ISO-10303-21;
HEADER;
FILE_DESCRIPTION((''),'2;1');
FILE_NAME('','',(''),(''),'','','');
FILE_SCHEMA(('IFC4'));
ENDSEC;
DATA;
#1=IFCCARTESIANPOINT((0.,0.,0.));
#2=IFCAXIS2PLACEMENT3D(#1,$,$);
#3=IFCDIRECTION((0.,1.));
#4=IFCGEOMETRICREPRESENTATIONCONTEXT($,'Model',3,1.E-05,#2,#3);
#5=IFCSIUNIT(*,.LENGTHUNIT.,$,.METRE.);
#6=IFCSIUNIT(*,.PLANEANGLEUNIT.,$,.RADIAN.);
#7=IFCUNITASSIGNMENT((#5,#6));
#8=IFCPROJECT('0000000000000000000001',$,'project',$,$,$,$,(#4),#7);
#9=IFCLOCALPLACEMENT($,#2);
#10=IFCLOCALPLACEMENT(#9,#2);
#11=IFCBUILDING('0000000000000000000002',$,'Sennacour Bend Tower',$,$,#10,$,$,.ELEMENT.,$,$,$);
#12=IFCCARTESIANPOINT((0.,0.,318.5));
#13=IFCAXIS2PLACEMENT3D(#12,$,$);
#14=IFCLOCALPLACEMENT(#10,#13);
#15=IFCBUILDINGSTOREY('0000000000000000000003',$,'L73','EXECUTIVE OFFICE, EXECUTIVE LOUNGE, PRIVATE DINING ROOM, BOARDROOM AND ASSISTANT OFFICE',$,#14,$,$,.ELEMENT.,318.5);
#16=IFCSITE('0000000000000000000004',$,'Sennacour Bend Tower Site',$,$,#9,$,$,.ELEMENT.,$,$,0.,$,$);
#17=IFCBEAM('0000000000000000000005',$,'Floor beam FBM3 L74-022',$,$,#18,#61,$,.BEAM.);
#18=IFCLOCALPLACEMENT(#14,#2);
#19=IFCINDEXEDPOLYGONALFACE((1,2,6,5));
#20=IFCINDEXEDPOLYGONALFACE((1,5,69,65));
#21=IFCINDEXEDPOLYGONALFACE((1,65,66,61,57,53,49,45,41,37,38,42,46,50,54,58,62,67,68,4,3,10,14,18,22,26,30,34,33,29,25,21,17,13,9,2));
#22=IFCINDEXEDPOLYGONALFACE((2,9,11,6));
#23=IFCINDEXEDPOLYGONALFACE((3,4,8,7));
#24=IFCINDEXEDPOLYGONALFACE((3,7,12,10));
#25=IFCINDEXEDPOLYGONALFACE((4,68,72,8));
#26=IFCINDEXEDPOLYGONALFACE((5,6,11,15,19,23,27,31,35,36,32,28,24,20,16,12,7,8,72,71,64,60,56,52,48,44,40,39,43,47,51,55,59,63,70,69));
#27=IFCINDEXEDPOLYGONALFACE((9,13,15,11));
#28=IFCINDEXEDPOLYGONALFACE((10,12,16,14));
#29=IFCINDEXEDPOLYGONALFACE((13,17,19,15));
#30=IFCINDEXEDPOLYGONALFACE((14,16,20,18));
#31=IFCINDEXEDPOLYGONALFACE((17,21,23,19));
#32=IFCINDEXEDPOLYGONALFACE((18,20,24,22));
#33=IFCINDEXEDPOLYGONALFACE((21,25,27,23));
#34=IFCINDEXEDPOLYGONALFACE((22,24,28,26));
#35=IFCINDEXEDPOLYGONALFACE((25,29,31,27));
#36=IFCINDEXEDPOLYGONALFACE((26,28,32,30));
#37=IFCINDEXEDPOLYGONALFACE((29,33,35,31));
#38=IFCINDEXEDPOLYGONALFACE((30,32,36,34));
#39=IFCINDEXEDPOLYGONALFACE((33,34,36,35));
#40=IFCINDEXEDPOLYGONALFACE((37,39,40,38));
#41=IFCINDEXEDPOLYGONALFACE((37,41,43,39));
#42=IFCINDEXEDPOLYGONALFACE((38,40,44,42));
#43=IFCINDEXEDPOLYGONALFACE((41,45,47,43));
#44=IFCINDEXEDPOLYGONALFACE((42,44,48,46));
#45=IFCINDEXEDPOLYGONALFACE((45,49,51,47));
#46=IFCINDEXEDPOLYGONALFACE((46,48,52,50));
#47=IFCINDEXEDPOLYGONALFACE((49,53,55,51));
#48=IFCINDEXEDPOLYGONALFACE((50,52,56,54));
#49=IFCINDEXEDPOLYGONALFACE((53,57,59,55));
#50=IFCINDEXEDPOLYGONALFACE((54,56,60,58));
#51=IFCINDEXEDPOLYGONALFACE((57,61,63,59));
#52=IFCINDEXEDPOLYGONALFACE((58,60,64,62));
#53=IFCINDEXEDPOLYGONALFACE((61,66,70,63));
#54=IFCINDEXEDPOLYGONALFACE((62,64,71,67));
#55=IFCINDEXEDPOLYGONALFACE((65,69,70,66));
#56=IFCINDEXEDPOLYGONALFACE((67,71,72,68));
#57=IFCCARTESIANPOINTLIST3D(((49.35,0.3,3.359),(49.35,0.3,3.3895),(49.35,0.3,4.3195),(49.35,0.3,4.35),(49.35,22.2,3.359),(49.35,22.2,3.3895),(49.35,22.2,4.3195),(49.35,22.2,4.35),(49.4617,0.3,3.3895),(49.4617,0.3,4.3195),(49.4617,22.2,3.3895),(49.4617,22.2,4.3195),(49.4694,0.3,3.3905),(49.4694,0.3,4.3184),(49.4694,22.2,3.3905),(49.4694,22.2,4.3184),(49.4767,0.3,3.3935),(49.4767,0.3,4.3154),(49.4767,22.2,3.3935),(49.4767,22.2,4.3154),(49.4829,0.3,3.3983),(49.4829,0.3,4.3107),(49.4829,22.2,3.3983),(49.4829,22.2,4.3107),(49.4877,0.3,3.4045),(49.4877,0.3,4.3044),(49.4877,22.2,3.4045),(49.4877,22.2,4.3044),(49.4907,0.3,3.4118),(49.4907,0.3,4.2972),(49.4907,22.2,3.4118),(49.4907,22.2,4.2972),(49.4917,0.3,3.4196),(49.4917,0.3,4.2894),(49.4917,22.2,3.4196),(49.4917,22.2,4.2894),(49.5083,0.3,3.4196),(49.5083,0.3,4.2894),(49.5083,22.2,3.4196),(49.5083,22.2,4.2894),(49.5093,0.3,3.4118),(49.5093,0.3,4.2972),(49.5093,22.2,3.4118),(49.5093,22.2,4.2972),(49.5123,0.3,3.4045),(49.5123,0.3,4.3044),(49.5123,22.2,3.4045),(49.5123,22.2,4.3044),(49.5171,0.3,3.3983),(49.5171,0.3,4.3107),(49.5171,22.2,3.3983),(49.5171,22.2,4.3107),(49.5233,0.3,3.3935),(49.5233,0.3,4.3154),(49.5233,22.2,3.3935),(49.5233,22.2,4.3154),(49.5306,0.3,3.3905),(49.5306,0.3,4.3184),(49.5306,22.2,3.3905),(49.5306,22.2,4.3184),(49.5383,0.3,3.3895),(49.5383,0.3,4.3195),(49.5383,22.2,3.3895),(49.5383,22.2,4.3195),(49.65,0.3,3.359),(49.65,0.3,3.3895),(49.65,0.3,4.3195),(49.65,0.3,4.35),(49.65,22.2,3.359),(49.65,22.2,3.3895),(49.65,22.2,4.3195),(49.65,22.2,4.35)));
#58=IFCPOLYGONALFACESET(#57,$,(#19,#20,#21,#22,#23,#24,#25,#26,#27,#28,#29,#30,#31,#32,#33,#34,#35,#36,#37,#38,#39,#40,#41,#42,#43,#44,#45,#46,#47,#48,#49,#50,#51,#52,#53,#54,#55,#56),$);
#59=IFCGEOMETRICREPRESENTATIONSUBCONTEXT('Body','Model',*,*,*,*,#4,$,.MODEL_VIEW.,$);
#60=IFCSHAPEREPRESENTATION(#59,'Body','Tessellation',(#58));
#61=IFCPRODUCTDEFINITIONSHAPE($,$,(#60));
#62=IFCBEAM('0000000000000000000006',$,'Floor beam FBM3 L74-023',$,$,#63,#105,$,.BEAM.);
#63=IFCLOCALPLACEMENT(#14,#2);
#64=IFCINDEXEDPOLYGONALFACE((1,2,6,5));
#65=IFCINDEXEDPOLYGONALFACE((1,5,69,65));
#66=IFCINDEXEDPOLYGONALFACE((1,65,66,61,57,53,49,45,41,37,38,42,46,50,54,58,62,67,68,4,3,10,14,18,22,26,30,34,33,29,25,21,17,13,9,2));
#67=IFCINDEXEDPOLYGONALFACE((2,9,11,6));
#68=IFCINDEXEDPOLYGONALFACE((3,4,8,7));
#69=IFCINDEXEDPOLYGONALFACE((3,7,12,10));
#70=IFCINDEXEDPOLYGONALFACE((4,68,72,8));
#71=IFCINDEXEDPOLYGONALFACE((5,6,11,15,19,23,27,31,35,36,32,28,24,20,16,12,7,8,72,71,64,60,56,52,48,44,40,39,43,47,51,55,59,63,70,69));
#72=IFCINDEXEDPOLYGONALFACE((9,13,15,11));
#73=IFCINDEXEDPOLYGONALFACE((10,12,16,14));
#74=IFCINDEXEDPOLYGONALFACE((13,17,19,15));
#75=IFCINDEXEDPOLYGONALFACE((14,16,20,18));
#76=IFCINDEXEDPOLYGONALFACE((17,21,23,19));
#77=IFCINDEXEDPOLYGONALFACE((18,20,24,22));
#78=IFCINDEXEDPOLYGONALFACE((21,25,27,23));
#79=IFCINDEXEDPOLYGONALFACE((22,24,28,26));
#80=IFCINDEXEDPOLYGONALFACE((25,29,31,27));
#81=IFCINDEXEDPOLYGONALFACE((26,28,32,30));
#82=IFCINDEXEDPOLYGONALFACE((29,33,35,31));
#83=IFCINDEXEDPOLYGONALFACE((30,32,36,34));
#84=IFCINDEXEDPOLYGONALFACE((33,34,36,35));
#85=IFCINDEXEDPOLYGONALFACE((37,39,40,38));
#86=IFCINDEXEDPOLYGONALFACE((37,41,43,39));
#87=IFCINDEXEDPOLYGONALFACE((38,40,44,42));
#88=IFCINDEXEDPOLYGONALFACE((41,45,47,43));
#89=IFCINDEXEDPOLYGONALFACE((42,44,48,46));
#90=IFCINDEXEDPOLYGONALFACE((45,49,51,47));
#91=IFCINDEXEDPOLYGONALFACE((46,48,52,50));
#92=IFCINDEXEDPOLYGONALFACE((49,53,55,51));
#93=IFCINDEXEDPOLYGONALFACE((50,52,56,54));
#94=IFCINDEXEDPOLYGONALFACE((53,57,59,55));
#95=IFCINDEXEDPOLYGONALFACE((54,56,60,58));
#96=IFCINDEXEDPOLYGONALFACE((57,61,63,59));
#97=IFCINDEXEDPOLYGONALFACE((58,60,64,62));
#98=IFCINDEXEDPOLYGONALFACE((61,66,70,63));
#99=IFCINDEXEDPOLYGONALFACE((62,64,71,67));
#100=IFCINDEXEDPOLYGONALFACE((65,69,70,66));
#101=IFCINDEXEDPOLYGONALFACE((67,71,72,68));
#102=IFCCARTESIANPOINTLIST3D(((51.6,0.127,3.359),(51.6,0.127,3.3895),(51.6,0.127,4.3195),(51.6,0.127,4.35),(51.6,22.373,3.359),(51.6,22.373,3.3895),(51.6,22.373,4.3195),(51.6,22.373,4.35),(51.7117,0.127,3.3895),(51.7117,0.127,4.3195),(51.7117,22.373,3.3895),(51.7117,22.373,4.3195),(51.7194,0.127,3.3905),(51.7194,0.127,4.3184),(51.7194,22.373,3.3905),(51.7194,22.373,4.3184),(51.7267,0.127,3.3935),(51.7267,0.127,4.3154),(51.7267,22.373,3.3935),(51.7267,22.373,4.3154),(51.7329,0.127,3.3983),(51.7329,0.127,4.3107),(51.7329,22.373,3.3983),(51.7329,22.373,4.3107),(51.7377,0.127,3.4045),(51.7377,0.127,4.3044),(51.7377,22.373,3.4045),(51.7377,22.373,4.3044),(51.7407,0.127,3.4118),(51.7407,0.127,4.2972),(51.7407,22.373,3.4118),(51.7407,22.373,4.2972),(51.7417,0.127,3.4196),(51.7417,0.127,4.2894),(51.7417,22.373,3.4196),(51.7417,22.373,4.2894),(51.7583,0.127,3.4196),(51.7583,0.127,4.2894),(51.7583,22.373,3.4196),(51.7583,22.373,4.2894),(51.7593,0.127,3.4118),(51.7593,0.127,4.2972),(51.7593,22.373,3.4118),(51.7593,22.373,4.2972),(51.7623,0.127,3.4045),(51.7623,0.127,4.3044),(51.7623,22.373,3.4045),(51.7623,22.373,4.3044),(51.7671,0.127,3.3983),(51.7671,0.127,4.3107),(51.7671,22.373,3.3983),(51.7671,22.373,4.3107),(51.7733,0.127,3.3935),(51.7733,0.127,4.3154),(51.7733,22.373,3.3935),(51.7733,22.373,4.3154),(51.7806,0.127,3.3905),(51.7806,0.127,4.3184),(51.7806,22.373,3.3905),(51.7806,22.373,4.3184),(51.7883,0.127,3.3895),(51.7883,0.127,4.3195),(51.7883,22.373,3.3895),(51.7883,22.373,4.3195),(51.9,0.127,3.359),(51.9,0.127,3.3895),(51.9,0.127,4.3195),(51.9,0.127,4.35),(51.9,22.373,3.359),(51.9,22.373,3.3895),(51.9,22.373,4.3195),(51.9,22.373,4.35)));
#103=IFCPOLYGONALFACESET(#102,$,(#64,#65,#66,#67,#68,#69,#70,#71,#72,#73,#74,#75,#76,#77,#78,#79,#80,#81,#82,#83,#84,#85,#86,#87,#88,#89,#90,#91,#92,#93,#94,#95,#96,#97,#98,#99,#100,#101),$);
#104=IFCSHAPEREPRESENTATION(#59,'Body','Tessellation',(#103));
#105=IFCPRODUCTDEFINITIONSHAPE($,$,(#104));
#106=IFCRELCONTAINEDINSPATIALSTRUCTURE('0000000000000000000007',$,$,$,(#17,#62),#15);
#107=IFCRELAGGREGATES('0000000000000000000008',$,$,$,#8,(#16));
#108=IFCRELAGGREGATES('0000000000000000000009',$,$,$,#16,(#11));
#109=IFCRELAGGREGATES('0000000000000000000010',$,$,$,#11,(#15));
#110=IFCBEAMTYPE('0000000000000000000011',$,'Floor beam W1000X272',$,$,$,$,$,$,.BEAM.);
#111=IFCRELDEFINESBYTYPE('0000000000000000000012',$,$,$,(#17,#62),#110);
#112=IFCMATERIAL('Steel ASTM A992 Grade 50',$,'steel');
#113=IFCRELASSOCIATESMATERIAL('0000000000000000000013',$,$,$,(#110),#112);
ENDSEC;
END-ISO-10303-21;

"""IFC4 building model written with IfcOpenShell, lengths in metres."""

from ifc_helpers import new_model, si_unit, direction, frame, origin, origin_2d, place, context, subcontext, project, spatial, i_section, extrude, material, material_profile, profile_set, type_object, element, save


model = new_model("IFC4")

# Units and contexts
model_context = context("Model", 3, precision=1e-05, world=origin(), true_north=direction((0.0, 1.0)))
body_context = subcontext(model_context, "Body", "Model", "MODEL_VIEW")
ifc_project = project(units=[si_unit("LENGTHUNIT", "METRE"), si_unit("PLANEANGLEUNIT", "RADIAN")], contexts=[model_context])

# Site, building, storey
site_placement = place(None, origin())
site = spatial("IfcSite", under=ifc_project, at=site_placement, Name="Sennacour Bend Tower Site", CompositionType="ELEMENT", RefElevation=0.0)
building_placement = place(site_placement, origin())
building = spatial("IfcBuilding", under=site, at=building_placement, Name="Sennacour Bend Tower", CompositionType="ELEMENT")
storey_placement = place(building_placement, frame((0.0, 0.0, 318.5)))
storey = spatial("IfcBuildingStorey", under=building, at=storey_placement, Name="L73", Description="EXECUTIVE OFFICE, EXECUTIVE LOUNGE, PRIVATE DINING ROOM, BOARDROOM AND ASSISTANT OFFICE", CompositionType="ELEMENT", Elevation=318.5)

# Beams
ifc_material_1 = material(Name="Steel ASTM A992 Grade 50", Category="steel")
ifc_material_profile = material_profile(ifc_material_1, i_section(OverallWidth=0.3, OverallDepth=0.991, WebThickness=0.0166, FlangeThickness=0.0305, FilletRadius=0.03, at=origin_2d()), Name="Steel ASTM A992 Grade 50", Category="steel")
ifc_profile_set = profile_set([ifc_material_profile], Name="Steel ASTM A992 Grade 50")
beam_type = type_object("IfcBeamType", Name="Floor beam W1000X272", PredefinedType="BEAM", material=ifc_profile_set)
beam_1_placement = place(storey_placement, frame((49.5, 0.3, 3.8545), z_axis=(0.0, 1.0, 0.0), x_axis=(-1.0, 0.0, 0.0)))
element("IfcBeam", 1, at=beam_1_placement, inside=storey, type_object=beam_type, Name="Floor beam FBM3 L74-022", PredefinedType="BEAM", context=body_context, shape_type="SweptSolid", body=[
    extrude(i_section(OverallWidth=0.3, OverallDepth=0.991, WebThickness=0.0166, FlangeThickness=0.0305, FilletRadius=0.03, at=origin_2d()), origin(), (0.0, 0.0, 1.0), 21.8999),
])
beam_2_placement = place(storey_placement, frame((51.75, 0.127, 3.8545), z_axis=(0.0, 1.0, 0.0), x_axis=(-1.0, 0.0, 0.0)))
element("IfcBeam", 2, at=beam_2_placement, inside=storey, type_object=beam_type, Name="Floor beam FBM3 L74-023", PredefinedType="BEAM", context=body_context, shape_type="SweptSolid", body=[
    extrude(i_section(OverallWidth=0.3, OverallDepth=0.991, WebThickness=0.0166, FlangeThickness=0.0305, FilletRadius=0.03, at=origin_2d()), origin(), (0.0, 0.0, 1.0), 22.2461),
])

save(model, "model.ifc")
